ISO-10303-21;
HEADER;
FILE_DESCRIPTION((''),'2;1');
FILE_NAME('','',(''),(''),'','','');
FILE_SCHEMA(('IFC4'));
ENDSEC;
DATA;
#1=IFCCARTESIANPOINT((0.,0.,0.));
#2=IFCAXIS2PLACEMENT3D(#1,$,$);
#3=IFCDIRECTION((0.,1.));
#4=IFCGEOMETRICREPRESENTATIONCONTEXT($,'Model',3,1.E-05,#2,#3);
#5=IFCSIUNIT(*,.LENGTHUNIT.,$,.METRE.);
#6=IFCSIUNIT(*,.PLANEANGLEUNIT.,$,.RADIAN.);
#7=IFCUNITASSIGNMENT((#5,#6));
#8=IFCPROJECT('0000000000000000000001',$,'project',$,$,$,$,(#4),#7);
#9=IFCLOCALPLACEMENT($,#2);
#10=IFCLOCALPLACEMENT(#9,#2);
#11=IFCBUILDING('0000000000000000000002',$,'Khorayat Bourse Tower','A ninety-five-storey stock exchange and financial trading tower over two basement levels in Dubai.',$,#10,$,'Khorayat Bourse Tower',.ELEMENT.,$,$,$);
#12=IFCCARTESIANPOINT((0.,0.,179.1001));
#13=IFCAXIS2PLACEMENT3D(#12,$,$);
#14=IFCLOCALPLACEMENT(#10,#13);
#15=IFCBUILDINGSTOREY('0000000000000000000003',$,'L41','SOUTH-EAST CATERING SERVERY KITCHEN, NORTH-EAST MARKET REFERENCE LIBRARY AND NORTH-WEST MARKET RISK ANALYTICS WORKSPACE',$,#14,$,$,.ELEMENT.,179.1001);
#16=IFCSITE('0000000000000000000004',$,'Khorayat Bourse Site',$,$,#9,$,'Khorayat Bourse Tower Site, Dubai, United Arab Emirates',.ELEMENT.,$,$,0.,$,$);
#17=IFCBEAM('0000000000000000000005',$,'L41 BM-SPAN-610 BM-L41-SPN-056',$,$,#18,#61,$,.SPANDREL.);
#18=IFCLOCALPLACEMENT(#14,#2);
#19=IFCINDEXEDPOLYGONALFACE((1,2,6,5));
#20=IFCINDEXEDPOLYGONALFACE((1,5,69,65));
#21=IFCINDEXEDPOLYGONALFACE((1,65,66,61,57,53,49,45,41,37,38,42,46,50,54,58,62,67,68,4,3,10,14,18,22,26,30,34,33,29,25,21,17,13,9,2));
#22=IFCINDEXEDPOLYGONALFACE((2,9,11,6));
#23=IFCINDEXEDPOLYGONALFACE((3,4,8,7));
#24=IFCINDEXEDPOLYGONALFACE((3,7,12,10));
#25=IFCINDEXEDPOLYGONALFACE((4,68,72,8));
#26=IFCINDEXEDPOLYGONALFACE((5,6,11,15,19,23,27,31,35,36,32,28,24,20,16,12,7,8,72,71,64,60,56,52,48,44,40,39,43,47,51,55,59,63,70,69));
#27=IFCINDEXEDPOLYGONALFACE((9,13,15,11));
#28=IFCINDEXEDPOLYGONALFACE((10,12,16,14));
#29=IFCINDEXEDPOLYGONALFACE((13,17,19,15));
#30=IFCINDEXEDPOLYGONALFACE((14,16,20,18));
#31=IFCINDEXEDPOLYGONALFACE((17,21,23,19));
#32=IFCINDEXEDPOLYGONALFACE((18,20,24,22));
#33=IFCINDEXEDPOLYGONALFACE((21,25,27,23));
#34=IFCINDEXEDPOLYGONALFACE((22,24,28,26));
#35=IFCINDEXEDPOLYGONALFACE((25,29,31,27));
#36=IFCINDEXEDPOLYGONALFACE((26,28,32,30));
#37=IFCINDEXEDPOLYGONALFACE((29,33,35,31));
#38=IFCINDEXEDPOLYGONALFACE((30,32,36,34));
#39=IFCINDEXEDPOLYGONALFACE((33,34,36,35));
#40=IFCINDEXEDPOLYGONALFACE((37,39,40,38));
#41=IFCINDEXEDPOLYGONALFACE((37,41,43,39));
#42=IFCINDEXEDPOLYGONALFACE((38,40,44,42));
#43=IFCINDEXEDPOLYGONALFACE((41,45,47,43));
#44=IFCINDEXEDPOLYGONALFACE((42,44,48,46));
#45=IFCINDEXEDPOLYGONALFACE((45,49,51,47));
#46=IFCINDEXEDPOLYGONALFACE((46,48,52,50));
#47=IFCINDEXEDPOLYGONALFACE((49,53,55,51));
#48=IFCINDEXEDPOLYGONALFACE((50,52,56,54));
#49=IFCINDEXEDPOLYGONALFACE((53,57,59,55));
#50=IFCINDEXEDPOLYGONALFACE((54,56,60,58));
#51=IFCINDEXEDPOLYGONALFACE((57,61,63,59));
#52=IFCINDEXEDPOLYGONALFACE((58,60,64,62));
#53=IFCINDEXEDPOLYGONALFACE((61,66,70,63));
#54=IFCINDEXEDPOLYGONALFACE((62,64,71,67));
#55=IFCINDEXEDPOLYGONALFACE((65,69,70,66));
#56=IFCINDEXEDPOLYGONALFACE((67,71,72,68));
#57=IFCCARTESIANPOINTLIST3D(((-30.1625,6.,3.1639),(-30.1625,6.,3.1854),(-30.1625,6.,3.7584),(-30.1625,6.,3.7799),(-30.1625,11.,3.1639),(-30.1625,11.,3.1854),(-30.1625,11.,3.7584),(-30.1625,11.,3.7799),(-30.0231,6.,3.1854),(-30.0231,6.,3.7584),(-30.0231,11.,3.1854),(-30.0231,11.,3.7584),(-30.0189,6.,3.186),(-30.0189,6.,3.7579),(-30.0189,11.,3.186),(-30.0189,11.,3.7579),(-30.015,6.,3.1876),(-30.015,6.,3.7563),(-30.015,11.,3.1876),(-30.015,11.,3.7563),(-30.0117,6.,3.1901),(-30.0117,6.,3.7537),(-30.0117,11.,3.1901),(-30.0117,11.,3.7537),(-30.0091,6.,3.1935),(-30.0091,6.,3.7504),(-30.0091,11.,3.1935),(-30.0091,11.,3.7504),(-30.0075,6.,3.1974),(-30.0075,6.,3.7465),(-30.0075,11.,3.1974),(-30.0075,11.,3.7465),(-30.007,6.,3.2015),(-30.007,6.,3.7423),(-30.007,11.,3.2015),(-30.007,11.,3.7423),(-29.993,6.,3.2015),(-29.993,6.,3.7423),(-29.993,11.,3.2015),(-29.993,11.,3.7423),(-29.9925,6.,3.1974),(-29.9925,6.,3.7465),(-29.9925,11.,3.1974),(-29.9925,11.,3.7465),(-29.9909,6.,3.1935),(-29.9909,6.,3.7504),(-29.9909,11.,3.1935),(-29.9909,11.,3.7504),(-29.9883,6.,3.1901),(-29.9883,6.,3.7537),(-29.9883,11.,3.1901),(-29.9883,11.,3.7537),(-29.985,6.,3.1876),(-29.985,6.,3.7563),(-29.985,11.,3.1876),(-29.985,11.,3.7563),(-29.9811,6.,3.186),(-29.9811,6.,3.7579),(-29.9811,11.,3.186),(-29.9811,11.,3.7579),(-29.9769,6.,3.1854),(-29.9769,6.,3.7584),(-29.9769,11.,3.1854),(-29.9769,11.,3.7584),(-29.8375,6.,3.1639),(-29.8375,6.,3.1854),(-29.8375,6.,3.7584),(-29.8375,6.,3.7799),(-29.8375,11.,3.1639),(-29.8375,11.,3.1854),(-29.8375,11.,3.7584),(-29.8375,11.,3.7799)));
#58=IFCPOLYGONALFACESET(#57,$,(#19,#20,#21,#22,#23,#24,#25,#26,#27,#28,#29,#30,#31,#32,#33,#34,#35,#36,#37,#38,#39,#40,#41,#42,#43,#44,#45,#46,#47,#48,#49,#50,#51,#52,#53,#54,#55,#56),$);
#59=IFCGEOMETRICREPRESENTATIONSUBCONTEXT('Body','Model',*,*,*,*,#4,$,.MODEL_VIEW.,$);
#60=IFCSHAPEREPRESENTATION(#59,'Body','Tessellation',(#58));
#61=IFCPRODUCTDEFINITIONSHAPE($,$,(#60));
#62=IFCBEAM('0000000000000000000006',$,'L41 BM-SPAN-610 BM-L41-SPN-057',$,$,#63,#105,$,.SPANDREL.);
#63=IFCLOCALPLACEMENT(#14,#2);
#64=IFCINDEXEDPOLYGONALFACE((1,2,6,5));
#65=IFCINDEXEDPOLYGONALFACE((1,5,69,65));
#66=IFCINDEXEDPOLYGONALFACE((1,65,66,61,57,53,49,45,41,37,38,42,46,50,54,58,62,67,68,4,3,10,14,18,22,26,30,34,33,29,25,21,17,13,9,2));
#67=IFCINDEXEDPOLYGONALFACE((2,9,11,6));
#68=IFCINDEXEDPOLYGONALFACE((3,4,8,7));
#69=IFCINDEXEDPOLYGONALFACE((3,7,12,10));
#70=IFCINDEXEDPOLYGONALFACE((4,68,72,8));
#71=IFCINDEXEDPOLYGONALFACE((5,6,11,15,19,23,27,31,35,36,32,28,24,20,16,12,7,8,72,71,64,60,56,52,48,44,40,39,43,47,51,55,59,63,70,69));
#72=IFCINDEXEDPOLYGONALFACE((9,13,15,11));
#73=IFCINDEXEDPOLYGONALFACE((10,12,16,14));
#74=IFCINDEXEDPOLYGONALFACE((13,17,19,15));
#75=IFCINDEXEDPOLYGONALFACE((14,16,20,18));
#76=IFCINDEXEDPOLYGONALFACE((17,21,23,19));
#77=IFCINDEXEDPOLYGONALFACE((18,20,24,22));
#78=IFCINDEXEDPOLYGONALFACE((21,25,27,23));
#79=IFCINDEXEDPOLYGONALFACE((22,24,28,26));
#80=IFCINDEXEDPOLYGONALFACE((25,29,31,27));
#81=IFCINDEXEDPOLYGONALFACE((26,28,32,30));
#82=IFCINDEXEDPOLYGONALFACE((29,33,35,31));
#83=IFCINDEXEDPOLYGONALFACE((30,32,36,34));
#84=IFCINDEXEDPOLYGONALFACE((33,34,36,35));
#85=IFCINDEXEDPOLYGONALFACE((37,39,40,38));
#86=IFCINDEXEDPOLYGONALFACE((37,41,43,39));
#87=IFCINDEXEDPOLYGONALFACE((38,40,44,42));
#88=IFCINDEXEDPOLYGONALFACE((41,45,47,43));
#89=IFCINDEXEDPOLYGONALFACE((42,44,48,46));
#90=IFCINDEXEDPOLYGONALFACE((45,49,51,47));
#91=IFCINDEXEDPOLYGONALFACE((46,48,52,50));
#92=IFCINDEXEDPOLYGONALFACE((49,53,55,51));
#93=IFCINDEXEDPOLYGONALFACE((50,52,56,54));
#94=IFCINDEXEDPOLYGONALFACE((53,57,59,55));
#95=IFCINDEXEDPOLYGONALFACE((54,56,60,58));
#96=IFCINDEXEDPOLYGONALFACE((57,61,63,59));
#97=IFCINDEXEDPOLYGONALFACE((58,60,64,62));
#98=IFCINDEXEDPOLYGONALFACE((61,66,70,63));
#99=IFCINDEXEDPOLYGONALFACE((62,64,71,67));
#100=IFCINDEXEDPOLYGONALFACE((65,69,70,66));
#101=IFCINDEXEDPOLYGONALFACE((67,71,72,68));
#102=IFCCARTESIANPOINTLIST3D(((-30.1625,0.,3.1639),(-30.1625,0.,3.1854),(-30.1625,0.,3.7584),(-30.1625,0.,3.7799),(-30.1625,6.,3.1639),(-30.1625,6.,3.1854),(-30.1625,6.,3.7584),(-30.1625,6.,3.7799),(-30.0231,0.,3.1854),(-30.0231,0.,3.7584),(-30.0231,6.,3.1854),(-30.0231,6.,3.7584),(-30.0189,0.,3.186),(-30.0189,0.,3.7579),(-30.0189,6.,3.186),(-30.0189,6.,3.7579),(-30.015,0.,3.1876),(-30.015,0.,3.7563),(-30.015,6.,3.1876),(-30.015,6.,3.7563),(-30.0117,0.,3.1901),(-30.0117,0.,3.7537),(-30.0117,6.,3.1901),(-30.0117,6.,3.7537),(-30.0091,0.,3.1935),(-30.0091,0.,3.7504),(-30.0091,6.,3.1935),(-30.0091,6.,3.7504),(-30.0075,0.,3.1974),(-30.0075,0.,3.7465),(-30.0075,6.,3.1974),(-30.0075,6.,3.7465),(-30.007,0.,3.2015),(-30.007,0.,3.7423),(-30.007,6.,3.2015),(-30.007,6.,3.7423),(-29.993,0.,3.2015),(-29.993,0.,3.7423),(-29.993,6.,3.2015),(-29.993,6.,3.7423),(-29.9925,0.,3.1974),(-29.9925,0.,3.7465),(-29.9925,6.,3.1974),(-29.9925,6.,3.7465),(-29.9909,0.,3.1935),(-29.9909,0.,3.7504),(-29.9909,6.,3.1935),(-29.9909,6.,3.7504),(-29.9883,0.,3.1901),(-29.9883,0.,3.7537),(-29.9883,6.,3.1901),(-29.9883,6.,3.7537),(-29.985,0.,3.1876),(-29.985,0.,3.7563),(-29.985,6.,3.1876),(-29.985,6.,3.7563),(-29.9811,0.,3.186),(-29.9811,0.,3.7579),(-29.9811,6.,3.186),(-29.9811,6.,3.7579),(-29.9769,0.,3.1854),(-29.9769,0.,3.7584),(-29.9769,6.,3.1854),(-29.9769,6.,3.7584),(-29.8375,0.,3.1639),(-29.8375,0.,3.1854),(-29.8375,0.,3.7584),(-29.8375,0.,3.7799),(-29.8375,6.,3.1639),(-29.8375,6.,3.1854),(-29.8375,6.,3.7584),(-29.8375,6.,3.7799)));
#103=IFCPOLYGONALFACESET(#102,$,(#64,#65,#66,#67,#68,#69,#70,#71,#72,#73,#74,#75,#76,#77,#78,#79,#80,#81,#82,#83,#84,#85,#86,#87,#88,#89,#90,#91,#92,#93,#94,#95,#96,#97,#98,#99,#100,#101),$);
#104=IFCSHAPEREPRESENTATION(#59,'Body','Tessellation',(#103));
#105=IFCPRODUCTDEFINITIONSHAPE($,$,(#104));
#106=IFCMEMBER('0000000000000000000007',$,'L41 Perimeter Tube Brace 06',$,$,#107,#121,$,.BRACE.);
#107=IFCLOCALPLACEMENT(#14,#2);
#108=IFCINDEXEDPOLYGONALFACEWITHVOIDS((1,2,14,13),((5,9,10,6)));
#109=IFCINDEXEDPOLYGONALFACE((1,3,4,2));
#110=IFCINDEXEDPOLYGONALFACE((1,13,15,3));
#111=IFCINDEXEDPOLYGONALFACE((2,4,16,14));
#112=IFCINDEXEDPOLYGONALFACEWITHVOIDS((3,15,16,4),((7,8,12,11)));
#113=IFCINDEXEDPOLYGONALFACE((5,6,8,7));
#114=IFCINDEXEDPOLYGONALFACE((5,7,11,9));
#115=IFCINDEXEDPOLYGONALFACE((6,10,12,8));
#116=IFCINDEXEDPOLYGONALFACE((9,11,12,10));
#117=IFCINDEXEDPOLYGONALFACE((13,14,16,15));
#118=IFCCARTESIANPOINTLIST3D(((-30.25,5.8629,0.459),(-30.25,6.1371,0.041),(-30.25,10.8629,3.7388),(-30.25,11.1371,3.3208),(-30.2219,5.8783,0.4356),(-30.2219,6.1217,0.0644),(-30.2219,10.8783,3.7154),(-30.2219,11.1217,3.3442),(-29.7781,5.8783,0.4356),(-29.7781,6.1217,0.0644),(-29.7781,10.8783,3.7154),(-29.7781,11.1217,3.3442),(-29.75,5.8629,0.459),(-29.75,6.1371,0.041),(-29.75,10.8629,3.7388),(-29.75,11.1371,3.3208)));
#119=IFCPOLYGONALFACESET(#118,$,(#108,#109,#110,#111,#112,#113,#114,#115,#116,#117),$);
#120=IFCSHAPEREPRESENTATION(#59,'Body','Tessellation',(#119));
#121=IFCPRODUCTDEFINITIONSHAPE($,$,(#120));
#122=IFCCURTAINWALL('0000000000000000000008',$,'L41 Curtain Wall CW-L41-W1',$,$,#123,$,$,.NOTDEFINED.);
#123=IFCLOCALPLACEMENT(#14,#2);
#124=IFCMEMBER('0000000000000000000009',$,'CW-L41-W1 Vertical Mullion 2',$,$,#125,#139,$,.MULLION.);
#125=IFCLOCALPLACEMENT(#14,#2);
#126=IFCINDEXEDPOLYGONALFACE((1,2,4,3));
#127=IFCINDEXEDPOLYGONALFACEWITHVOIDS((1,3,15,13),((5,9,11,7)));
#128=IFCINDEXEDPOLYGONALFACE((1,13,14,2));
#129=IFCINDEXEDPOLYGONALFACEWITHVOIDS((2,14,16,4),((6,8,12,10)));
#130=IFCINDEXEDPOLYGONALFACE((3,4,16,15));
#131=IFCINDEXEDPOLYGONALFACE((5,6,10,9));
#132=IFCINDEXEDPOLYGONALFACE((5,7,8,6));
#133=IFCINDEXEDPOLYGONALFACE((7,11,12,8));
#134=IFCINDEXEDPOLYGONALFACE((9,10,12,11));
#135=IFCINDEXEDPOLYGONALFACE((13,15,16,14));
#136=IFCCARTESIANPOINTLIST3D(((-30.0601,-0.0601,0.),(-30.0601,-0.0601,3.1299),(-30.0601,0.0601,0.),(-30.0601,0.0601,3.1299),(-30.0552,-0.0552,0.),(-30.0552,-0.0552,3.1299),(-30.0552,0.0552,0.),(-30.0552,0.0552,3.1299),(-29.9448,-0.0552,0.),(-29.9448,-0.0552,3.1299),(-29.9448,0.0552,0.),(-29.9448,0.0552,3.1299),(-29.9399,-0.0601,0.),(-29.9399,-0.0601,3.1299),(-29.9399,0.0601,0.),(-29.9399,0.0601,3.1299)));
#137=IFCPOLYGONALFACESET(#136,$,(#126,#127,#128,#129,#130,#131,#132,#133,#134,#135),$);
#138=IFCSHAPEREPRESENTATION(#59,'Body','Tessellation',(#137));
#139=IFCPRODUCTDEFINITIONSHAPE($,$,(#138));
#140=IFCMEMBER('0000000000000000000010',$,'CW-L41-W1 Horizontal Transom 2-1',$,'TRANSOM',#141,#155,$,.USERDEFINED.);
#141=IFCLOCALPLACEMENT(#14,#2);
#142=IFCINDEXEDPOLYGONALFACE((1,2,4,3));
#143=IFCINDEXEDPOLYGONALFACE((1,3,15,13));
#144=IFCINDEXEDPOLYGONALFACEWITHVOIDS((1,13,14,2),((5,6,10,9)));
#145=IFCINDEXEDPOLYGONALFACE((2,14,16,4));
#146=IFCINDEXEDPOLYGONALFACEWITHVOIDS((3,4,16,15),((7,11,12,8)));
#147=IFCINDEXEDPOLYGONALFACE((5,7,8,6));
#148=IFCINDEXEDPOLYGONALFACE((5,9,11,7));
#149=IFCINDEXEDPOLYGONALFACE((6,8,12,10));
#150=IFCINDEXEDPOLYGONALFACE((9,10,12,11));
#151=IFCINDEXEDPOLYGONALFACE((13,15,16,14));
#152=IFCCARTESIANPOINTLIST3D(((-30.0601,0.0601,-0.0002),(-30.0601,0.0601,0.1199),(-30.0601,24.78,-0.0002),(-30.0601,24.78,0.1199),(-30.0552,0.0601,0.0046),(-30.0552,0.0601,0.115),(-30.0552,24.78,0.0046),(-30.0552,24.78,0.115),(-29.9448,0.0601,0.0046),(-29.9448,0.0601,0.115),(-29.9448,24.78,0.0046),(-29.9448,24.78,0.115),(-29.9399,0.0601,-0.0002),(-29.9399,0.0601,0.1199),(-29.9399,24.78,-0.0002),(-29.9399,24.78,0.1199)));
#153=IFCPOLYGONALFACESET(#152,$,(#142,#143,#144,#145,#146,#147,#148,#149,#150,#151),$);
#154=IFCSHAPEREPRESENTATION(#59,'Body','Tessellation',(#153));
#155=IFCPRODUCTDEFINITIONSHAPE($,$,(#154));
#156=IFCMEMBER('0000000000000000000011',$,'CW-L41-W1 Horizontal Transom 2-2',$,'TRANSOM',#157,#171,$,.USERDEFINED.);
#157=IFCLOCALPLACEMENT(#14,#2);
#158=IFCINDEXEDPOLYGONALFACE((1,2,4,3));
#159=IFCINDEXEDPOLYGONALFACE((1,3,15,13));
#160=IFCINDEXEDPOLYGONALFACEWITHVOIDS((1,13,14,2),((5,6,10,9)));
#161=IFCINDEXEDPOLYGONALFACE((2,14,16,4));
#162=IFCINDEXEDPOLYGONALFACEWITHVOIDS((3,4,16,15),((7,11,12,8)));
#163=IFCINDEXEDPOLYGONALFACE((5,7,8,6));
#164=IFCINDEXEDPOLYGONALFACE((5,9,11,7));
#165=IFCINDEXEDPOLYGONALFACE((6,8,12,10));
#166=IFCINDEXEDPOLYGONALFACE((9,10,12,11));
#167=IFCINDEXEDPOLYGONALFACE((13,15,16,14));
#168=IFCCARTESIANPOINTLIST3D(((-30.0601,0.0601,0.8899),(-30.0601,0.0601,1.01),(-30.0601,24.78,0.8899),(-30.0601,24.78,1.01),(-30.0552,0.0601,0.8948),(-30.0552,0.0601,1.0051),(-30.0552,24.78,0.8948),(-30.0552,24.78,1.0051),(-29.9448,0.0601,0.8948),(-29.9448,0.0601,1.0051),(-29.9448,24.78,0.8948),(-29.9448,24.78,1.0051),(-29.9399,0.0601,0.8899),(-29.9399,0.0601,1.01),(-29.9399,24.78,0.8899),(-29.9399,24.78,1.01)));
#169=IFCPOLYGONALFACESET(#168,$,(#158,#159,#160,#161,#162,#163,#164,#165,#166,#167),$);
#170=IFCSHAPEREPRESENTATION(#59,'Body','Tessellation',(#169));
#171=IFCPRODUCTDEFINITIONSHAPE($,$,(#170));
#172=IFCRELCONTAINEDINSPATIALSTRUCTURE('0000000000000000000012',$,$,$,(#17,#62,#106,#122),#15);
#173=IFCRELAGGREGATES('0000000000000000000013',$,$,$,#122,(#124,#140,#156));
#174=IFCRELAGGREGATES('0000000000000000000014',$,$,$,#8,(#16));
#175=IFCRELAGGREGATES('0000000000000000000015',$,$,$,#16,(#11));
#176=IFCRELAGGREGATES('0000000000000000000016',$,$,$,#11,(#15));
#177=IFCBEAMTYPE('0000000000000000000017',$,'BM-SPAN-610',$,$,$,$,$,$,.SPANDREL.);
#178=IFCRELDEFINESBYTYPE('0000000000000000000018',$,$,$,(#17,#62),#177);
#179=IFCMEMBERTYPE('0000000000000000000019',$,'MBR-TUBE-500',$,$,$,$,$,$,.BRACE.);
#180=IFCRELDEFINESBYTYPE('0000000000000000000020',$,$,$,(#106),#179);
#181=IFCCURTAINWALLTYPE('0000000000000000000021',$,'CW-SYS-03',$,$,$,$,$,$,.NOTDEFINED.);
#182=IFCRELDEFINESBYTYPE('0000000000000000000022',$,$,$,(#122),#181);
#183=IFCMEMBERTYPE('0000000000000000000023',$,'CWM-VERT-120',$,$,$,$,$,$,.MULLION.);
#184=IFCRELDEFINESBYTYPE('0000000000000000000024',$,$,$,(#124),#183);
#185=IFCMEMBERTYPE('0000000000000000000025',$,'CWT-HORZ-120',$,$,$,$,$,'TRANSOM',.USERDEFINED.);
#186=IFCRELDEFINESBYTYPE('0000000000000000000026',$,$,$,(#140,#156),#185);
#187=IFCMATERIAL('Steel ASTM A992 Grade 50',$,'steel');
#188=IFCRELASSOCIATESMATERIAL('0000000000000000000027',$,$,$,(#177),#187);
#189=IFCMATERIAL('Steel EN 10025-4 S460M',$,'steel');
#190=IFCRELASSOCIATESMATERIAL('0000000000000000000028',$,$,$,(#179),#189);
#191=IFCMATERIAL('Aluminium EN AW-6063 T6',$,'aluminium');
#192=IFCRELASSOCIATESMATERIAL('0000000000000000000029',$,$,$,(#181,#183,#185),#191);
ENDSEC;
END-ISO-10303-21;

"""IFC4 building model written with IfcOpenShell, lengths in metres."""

from ifc_helpers import new_model, si_unit, direction, frame, origin, origin_2d, place, context, subcontext, project, spatial, hollow_rectangle, i_section, extrude, source, transform, mapped, material, material_profile, profile_set, type_object, element, aggregate, save


model = new_model("IFC4")

# Units and contexts
model_context = context("Model", 3, precision=1e-05, world=origin(), true_north=direction((0.0, 1.0)))
body_context = subcontext(model_context, "Body", "Model", "MODEL_VIEW")
ifc_project = project(units=[si_unit("LENGTHUNIT", "METRE"), si_unit("PLANEANGLEUNIT", "RADIAN")], contexts=[model_context])

# Site, building, storey
site_placement = place(None, origin())
site = spatial("IfcSite", under=ifc_project, at=site_placement, Name="Khorayat Bourse Site", LongName="Khorayat Bourse Tower Site, Dubai, United Arab Emirates", CompositionType="ELEMENT", RefElevation=0.0)
building_placement = place(site_placement, origin())
building = spatial("IfcBuilding", under=site, at=building_placement, Name="Khorayat Bourse Tower", Description="A ninety-five-storey stock exchange and financial trading tower over two basement levels in Dubai.", LongName="Khorayat Bourse Tower", CompositionType="ELEMENT")
storey_placement = place(building_placement, frame((0.0, 0.0, 179.1001)))
storey = spatial("IfcBuildingStorey", under=building, at=storey_placement, Name="L41", Description="SOUTH-EAST CATERING SERVERY KITCHEN, NORTH-EAST MARKET REFERENCE LIBRARY AND NORTH-WEST MARKET RISK ANALYTICS WORKSPACE", CompositionType="ELEMENT", Elevation=179.1001)

# Shared definitions
ifc_material_1 = material(Name="Steel EN 10025-4 S460M", Category="steel")

# Beams
ifc_material_2 = material(Name="Steel ASTM A992 Grade 50", Category="steel")
ifc_material_profile_1 = material_profile(ifc_material_2, i_section(OverallWidth=0.325, OverallDepth=0.616, WebThickness=0.0139, FlangeThickness=0.0215, FilletRadius=0.0161, at=origin_2d()), Name="W610X174")
ifc_profile_set_1 = profile_set([ifc_material_profile_1], Name="Steel ASTM A992 Grade 50")
beam_type_1 = type_object("IfcBeamType", Name="BM-SPAN-610", PredefinedType="SPANDREL", material=ifc_profile_set_1)
shared_shape_1 = source(origin(), body_context, "Body", "SweptSolid", [
    extrude(i_section(OverallWidth=0.325, OverallDepth=0.616, WebThickness=0.0139, FlangeThickness=0.0215, FilletRadius=0.0161, at=origin_2d()), origin(), (0.0, 0.0, 1.0), 5.0),
])
beam_1_placement = place(storey_placement, frame((-30.0, 6.0, 3.4719), z_axis=(0.0, 1.0, 0.0), x_axis=(-1.0, 0.0, 0.0)))
element("IfcBeam", 1, at=beam_1_placement, inside=storey, type_object=beam_type_1, Name="L41 BM-SPAN-610 BM-L41-SPN-056", PredefinedType="SPANDREL", context=body_context, shape_type="MappedRepresentation", body=[
    mapped(shared_shape_1, transform((0.0, 0.0, 0.0), scale=1.0)),
])
shared_shape_2 = source(origin(), body_context, "Body", "SweptSolid", [
    extrude(i_section(OverallWidth=0.325, OverallDepth=0.616, WebThickness=0.0139, FlangeThickness=0.0215, FilletRadius=0.0161, at=origin_2d()), origin(), (0.0, 0.0, 1.0), 6.0),
])
beam_2_placement = place(storey_placement, frame((-30.0, 0.0, 3.4719), z_axis=(0.0, 1.0, 0.0), x_axis=(-1.0, 0.0, 0.0)))
element("IfcBeam", 2, at=beam_2_placement, inside=storey, type_object=beam_type_1, Name="L41 BM-SPAN-610 BM-L41-SPN-057", PredefinedType="SPANDREL", context=body_context, shape_type="MappedRepresentation", body=[
    mapped(shared_shape_2, transform((0.0, 0.0, 0.0), scale=1.0)),
])

# Member
ifc_material_profile_2 = material_profile(ifc_material_1, hollow_rectangle(XDim=0.5, YDim=0.5, WallThickness=0.0281, at=origin_2d()), Name="HSS 500x500x28")
ifc_profile_set_2 = profile_set([ifc_material_profile_2], Name="Steel EN 10025-4 S460M")
member_type_1 = type_object("IfcMemberType", Name="MBR-TUBE-500", PredefinedType="BRACE", material=ifc_profile_set_2)
shared_shape_3 = source(origin(), body_context, "Body", "SweptSolid", [
    extrude(hollow_rectangle(XDim=0.5, YDim=0.5, WallThickness=0.0281, at=origin_2d()), origin(), (0.0, 0.0, 1.0), 5.9797),
])
member_1_placement = place(storey_placement, frame((-30.0, 6.0, 0.25), z_axis=(0.0, 0.83616, 0.548485), x_axis=(-1.0, 0.0, 0.0)))
element("IfcMember", 3, at=member_1_placement, inside=storey, type_object=member_type_1, Name="L41 Perimeter Tube Brace 06", PredefinedType="BRACE", context=body_context, shape_type="MappedRepresentation", body=[
    mapped(shared_shape_3, transform((0.0, 0.0, 0.0), scale=1.0)),
])

# Curtain wall, members
ifc_material_3 = material(Name="Aluminium EN AW-6063 T6", Category="aluminium")
curtain_wall_type = type_object("IfcCurtainWallType", Name="CW-SYS-03", PredefinedType="NOTDEFINED", material=ifc_material_3)
curtain_wall_placement = place(storey_placement, origin())
curtain_wall = element("IfcCurtainWall", 4, at=curtain_wall_placement, inside=storey, type_object=curtain_wall_type, Name="L41 Curtain Wall CW-L41-W1", PredefinedType="NOTDEFINED")
ifc_material_profile_3 = material_profile(ifc_material_3, hollow_rectangle(XDim=0.1201, YDim=0.1201, WallThickness=0.0049, at=origin_2d()), Name="ALU 120x120x5")
ifc_profile_set_3 = profile_set([ifc_material_profile_3], Name="Aluminium EN AW-6063 T6")
member_type_2 = type_object("IfcMemberType", Name="CWM-VERT-120", PredefinedType="MULLION", material=ifc_profile_set_3)
shared_shape_4 = source(origin(), body_context, "Body", "SweptSolid", [
    extrude(hollow_rectangle(XDim=0.1201, YDim=0.1201, WallThickness=0.0049, at=origin_2d()), origin(), (0.0, 0.0, 1.0), 3.1299),
])
member_2_placement = place(storey_placement, frame((-30.0, 0.0, 0.0), z_axis=(0.0, 0.0, 1.0), x_axis=(-1.0, 0.0, 0.0)))
member_2 = element("IfcMember", 5, at=member_2_placement, type_object=member_type_2, Name="CW-L41-W1 Vertical Mullion 2", PredefinedType="MULLION", context=body_context, shape_type="MappedRepresentation", body=[
    mapped(shared_shape_4, transform((0.0, 0.0, 0.0), scale=1.0)),
])
ifc_material_profile_4 = material_profile(ifc_material_3, hollow_rectangle(XDim=0.1201, YDim=0.1201, WallThickness=0.0049, at=origin_2d()), Name="ALU 120x120x5")
ifc_profile_set_4 = profile_set([ifc_material_profile_4], Name="Aluminium EN AW-6063 T6")
member_type_3 = type_object("IfcMemberType", Name="CWT-HORZ-120", ElementType="TRANSOM", PredefinedType="USERDEFINED", material=ifc_profile_set_4)
shared_shape_5 = source(origin(), body_context, "Body", "SweptSolid", [
    extrude(hollow_rectangle(XDim=0.1201, YDim=0.1201, WallThickness=0.0049, at=origin_2d()), origin(), (0.0, 0.0, 1.0), 24.72),
])
member_3_placement = place(storey_placement, frame((-30.0, 0.0601, 0.0598), z_axis=(0.0, 1.0, 0.0), x_axis=(-1.0, 0.0, 0.0)))
member_3 = element("IfcMember", 6, at=member_3_placement, type_object=member_type_3, Name="CW-L41-W1 Horizontal Transom 2-1", ObjectType="TRANSOM", PredefinedType="USERDEFINED", context=body_context, shape_type="MappedRepresentation", body=[
    mapped(shared_shape_5, transform((0.0, 0.0, 0.0), scale=1.0)),
])
member_4_placement = place(storey_placement, frame((-30.0, 0.0601, 0.95), z_axis=(0.0, 1.0, 0.0), x_axis=(-1.0, 0.0, 0.0)))
member_4 = element("IfcMember", 7, at=member_4_placement, type_object=member_type_3, Name="CW-L41-W1 Horizontal Transom 2-2", ObjectType="TRANSOM", PredefinedType="USERDEFINED", context=body_context, shape_type="MappedRepresentation", body=[
    mapped(shared_shape_5, transform((0.0, 0.0, 0.0), scale=1.0)),
])
aggregate(curtain_wall, [member_2, member_3, member_4])

save(model, "model.ifc")
